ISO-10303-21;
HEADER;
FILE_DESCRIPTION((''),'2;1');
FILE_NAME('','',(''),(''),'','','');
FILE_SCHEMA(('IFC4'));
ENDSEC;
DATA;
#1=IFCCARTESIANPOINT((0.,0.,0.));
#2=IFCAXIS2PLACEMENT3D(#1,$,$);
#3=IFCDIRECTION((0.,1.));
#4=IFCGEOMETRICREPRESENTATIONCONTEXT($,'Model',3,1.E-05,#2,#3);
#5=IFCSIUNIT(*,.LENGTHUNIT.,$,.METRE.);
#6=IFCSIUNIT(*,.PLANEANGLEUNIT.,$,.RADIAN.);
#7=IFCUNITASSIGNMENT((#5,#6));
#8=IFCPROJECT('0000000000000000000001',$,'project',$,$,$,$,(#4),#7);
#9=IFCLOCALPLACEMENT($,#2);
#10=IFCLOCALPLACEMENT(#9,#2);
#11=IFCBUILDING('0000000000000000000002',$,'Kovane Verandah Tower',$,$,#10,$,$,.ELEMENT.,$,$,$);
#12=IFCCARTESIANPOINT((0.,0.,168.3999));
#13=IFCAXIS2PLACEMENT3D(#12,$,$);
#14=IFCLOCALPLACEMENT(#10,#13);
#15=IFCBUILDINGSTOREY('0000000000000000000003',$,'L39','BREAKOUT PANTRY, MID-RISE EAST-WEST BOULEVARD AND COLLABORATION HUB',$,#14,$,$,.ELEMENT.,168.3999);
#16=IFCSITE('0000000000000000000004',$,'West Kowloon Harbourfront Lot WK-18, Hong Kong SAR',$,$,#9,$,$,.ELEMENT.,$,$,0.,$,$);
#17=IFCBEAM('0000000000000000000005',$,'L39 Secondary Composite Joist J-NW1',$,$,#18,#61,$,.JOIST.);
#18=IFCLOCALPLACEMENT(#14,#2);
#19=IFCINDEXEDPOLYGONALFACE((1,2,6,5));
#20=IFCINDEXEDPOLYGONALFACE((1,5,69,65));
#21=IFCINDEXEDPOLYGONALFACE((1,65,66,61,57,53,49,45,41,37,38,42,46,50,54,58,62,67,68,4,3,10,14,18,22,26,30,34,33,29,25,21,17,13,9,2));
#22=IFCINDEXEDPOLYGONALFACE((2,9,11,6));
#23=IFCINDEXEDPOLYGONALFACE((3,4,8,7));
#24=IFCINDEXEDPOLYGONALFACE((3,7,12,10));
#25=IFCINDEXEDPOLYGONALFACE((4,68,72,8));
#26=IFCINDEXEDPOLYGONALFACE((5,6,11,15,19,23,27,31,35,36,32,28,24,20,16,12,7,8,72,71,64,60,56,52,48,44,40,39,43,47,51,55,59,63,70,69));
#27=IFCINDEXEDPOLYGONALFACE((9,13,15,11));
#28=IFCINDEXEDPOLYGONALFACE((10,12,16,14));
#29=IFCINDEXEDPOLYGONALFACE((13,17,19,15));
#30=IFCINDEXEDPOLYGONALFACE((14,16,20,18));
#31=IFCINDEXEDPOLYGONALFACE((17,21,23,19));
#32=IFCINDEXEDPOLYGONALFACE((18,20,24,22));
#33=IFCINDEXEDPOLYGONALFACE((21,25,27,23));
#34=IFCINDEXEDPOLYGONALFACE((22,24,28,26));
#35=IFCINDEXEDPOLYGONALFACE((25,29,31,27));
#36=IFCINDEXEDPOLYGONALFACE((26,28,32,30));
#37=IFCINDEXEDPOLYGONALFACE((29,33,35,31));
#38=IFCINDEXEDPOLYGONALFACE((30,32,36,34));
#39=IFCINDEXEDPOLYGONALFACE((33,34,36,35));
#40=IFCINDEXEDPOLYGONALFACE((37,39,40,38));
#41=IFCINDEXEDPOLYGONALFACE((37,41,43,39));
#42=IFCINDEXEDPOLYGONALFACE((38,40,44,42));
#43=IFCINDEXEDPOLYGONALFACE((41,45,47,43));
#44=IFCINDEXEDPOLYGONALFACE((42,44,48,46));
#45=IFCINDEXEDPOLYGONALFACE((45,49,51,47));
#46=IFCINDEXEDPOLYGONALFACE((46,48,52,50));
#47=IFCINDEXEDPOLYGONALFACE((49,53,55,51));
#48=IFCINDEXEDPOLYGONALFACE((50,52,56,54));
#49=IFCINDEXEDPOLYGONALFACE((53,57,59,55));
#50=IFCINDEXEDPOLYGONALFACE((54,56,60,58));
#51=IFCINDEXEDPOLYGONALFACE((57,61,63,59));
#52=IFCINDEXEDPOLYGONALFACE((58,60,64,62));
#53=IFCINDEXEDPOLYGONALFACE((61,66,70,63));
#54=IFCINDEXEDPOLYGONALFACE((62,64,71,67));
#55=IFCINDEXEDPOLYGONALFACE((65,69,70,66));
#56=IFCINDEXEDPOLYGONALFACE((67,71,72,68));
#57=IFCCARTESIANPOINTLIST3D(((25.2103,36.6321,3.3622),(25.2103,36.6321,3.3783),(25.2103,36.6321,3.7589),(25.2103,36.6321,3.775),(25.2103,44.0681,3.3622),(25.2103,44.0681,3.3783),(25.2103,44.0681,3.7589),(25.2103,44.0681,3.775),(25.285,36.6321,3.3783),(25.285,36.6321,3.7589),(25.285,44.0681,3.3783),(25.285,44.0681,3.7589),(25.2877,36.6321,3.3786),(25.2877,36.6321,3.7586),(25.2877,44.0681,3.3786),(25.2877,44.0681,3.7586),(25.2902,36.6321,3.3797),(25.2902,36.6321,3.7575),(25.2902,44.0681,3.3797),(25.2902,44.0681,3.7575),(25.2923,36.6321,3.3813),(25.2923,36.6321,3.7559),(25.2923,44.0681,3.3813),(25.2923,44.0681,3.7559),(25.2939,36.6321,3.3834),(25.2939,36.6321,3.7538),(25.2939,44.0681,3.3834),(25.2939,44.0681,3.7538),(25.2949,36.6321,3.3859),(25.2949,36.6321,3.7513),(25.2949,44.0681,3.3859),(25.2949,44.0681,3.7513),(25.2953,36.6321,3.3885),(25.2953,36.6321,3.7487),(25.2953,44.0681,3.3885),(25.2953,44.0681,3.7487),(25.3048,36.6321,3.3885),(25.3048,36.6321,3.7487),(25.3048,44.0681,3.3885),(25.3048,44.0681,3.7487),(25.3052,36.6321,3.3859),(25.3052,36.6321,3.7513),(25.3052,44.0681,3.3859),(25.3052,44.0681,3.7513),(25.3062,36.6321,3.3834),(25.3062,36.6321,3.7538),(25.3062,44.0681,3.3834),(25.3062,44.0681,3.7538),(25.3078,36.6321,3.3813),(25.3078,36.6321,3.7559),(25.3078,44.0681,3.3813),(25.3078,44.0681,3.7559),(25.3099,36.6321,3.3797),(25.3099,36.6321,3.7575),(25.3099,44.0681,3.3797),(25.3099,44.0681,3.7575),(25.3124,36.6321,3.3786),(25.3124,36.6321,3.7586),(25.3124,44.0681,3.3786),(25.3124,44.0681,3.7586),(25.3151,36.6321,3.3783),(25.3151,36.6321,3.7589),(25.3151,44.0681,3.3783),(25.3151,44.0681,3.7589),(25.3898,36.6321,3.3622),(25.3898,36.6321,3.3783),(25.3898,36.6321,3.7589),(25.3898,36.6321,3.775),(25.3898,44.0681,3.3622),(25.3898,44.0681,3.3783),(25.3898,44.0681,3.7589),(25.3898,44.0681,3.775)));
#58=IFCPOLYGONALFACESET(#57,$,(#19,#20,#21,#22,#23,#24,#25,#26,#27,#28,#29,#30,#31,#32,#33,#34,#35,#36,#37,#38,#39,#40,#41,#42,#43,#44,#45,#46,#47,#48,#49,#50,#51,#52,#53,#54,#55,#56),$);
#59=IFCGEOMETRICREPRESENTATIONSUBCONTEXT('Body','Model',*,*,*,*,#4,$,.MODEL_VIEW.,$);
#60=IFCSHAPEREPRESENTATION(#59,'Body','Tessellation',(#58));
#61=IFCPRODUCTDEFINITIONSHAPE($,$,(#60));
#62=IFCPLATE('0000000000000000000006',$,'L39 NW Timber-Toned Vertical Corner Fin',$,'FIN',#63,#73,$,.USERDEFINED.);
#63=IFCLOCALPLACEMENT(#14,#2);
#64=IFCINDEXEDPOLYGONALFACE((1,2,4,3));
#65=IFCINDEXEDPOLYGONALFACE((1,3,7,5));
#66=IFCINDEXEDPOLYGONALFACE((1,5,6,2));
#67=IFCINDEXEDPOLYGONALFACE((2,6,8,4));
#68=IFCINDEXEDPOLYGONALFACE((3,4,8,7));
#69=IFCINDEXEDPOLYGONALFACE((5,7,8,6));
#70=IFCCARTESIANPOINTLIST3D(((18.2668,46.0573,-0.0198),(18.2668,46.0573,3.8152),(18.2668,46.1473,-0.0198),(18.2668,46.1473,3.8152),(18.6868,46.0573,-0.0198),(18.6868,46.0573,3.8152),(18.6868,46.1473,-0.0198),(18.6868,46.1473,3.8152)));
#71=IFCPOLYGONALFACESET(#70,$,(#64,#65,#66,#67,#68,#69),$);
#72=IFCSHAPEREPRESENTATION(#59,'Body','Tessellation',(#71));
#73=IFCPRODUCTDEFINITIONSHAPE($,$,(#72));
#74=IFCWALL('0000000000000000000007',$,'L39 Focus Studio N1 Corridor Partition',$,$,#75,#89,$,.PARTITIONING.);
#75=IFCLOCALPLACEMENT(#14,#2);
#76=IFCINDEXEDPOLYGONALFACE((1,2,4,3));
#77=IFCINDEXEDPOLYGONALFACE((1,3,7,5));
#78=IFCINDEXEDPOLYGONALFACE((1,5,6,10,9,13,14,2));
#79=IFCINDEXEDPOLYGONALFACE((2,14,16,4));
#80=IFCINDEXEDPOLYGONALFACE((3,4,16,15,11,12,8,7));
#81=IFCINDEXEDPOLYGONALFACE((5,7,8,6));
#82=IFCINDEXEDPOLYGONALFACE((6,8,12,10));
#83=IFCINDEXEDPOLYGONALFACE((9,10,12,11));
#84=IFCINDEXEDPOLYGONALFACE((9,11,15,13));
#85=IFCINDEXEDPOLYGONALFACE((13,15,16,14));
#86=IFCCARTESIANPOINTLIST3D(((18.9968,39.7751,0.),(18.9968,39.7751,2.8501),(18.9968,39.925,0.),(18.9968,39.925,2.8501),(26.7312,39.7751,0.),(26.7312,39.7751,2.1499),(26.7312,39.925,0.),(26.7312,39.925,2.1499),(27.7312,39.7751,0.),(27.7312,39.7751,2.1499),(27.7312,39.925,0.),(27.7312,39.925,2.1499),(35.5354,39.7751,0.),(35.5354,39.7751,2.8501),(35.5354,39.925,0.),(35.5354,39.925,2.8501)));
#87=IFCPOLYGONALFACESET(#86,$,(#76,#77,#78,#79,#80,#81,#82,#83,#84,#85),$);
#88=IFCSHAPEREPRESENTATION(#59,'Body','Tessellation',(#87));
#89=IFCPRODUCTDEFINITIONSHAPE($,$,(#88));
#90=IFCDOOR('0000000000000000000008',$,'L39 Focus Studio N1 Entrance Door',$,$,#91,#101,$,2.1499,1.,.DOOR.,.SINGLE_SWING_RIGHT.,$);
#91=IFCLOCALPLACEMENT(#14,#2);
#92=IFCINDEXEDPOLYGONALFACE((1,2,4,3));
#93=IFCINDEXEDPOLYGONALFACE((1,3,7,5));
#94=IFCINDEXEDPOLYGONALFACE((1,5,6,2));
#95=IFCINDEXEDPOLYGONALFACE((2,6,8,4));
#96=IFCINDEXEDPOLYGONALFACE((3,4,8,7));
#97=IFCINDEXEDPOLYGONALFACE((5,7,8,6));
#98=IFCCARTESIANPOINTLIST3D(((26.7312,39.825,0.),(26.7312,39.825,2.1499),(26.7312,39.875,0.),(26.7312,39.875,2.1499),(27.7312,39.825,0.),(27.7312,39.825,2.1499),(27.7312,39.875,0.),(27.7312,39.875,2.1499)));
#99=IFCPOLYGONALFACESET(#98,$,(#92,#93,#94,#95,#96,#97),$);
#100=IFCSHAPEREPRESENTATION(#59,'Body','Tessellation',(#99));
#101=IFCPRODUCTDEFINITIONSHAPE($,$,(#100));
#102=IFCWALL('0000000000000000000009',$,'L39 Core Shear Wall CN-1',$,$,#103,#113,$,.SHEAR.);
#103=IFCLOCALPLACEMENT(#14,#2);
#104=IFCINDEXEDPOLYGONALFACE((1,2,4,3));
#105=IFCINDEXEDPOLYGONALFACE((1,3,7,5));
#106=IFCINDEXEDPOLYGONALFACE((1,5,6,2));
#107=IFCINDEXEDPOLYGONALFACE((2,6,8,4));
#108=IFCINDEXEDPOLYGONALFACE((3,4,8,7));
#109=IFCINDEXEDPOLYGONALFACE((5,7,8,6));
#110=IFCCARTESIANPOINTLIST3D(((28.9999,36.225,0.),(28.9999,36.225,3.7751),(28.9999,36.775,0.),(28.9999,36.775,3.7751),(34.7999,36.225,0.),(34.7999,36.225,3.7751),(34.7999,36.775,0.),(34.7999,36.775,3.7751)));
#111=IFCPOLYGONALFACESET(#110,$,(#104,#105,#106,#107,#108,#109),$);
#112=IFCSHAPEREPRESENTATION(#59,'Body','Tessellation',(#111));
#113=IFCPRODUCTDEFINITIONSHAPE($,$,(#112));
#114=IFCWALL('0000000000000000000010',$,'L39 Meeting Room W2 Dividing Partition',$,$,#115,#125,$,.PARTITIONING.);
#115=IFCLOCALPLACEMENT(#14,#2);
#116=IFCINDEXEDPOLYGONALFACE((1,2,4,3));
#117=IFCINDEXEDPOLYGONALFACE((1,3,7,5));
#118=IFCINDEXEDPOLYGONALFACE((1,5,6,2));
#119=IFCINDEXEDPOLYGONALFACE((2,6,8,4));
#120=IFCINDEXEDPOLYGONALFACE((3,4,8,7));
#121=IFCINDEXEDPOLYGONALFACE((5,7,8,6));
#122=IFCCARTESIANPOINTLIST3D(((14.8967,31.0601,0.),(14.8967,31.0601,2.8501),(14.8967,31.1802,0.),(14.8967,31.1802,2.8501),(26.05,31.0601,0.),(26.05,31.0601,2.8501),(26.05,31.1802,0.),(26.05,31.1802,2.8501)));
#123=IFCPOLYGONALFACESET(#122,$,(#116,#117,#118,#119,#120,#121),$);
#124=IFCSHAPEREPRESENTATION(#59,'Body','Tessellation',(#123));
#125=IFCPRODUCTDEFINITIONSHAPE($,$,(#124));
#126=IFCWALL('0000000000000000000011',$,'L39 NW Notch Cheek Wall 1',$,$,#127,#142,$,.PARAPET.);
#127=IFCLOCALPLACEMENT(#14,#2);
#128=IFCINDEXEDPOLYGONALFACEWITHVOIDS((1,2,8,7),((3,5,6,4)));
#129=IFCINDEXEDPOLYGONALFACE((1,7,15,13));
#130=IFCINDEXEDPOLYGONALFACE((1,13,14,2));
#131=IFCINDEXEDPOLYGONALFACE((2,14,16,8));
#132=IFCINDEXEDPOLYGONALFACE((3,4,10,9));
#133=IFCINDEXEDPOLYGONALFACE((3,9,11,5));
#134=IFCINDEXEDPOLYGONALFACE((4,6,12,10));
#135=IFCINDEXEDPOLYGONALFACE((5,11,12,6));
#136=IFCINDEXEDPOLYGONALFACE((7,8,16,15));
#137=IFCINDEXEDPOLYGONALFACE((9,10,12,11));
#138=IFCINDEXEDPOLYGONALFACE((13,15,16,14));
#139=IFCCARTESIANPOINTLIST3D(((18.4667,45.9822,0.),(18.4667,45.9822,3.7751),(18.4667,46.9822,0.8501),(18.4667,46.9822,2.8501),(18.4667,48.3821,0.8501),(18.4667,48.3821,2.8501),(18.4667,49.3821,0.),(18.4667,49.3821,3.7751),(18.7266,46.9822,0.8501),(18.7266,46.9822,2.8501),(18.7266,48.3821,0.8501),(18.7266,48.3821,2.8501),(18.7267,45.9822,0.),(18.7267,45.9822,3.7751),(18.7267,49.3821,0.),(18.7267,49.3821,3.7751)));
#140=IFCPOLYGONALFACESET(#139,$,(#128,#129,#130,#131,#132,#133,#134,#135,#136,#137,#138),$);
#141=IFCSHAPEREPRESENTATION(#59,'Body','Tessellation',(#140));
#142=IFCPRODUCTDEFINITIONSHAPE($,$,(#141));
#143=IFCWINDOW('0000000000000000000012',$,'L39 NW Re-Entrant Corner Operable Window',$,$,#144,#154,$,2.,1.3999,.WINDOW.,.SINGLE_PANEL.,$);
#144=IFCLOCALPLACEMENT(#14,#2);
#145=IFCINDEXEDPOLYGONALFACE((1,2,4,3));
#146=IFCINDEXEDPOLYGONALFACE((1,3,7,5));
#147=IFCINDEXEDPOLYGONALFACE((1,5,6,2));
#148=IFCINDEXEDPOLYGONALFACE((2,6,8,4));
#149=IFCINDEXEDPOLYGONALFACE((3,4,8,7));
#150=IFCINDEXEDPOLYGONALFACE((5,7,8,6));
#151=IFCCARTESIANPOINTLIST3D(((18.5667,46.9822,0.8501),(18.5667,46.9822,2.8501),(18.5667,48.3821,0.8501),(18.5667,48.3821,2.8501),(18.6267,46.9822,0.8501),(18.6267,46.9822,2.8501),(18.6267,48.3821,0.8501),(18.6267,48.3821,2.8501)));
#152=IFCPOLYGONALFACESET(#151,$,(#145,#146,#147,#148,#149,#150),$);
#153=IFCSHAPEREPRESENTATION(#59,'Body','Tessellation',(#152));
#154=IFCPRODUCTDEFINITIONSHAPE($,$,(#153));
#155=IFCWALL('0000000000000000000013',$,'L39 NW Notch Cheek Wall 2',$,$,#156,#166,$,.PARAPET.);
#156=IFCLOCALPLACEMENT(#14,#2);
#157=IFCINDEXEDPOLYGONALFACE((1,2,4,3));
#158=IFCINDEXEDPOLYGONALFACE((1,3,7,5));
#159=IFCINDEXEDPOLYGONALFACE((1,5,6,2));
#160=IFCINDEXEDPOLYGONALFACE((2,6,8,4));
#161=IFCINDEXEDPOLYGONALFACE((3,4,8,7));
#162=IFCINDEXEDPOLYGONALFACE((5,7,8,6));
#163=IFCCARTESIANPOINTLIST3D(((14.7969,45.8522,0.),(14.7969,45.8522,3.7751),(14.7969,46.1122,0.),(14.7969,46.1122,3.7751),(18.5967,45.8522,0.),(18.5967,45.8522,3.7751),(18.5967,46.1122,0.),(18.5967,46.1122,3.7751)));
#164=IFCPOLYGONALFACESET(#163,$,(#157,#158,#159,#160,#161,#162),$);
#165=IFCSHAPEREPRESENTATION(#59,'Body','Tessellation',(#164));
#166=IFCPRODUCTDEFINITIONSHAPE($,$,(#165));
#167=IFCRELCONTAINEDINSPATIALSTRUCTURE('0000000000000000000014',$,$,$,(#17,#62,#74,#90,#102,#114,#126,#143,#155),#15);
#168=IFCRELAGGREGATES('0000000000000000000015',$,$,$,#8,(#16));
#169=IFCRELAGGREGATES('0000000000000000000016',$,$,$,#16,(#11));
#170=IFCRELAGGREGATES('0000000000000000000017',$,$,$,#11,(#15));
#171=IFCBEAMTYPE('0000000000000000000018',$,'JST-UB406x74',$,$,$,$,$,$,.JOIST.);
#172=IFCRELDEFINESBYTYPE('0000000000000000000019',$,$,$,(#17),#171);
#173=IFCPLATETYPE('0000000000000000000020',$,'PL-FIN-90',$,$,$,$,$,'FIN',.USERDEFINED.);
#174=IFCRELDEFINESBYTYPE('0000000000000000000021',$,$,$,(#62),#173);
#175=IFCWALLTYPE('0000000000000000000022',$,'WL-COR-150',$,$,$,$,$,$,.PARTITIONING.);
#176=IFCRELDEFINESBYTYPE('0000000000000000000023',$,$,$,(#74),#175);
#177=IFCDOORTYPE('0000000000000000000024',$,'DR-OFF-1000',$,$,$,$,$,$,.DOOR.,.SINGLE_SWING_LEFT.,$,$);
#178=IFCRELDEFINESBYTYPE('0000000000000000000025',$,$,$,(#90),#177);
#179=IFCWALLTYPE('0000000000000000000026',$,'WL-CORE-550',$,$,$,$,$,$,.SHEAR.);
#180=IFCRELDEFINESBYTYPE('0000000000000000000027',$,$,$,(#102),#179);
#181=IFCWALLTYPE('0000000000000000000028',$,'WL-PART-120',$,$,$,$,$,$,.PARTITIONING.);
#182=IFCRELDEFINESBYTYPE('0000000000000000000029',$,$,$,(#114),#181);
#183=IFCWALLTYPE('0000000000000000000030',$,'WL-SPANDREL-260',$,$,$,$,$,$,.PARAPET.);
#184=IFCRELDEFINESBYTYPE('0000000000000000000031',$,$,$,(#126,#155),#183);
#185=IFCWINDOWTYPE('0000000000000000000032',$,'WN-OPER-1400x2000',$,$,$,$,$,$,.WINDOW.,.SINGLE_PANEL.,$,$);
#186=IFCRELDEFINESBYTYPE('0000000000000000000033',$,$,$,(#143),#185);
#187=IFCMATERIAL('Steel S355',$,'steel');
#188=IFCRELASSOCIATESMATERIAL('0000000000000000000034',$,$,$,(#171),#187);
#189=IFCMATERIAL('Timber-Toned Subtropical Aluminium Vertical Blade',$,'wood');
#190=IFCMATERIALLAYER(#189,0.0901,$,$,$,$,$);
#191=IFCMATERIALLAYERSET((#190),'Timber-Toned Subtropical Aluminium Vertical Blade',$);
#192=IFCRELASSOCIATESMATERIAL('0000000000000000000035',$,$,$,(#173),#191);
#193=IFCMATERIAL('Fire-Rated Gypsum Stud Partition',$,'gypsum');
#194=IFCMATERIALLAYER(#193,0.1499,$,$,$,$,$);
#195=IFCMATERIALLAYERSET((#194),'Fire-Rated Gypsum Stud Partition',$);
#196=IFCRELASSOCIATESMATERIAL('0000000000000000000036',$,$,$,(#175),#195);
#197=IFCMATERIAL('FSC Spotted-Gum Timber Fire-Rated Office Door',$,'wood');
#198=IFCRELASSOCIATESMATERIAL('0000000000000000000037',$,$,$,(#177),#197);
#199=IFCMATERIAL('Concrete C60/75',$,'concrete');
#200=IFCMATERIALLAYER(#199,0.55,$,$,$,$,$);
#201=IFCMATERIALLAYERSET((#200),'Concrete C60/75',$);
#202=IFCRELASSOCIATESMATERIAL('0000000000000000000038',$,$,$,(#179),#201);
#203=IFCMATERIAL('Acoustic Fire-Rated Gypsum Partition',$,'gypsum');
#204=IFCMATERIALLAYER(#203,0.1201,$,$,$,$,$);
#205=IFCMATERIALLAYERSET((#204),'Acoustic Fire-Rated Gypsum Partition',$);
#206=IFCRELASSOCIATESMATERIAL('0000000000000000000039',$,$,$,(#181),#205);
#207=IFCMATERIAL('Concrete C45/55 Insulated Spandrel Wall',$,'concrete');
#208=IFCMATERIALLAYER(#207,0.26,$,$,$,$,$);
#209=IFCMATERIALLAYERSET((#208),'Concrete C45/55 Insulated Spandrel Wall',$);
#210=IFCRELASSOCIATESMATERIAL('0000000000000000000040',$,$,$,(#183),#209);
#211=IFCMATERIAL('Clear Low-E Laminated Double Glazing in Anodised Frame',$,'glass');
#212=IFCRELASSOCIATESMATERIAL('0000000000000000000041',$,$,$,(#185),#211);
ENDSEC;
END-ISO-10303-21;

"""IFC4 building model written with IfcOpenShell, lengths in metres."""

from ifc_helpers import new_model, si_unit, direction, frame, frame_2d, origin, origin_2d, place, context, subcontext, project, spatial, rectangle, i_section, extrude, material, layer, layer_set, material_profile, profile_set, type_object, element, fill, save


model = new_model("IFC4")

# Units and contexts
model_context = context("Model", 3, precision=1e-05, world=origin(), true_north=direction((0.0, 1.0)))
body_context = subcontext(model_context, "Body", "Model", "MODEL_VIEW")
ifc_project = project(units=[si_unit("LENGTHUNIT", "METRE"), si_unit("PLANEANGLEUNIT", "RADIAN")], contexts=[model_context])

# Site, building, storey
site_placement = place(None, origin())
site = spatial("IfcSite", under=ifc_project, at=site_placement, Name="West Kowloon Harbourfront Lot WK-18, Hong Kong SAR", CompositionType="ELEMENT", RefElevation=0.0)
building_placement = place(site_placement, origin())
building = spatial("IfcBuilding", under=site, at=building_placement, Name="Kovane Verandah Tower", CompositionType="ELEMENT")
storey_placement = place(building_placement, frame((0.0, 0.0, 168.3999)))
storey = spatial("IfcBuildingStorey", under=building, at=storey_placement, Name="L39", Description="BREAKOUT PANTRY, MID-RISE EAST-WEST BOULEVARD AND COLLABORATION HUB", CompositionType="ELEMENT", Elevation=168.3999)

# Beam
ifc_material_1 = material(Name="Steel S355", Category="steel")
ifc_material_profile_1 = material_profile(ifc_material_1, i_section(OverallWidth=0.1794, OverallDepth=0.4128, WebThickness=0.0095, FlangeThickness=0.0161, FilletRadius=0.0103, at=origin_2d()), Name="UB406x178x74")
ifc_profile_set_1 = profile_set([ifc_material_profile_1], Name="Steel S355")
beam_type_1 = type_object("IfcBeamType", Name="JST-UB406x74", PredefinedType="JOIST", material=ifc_profile_set_1)
beam_1_placement = place(storey_placement, frame((25.3, 36.6321, 3.5686), z_axis=(0.0, 1.0, 0.0), x_axis=(-1.0, 0.0, 0.0)))
element("IfcBeam", 1, at=beam_1_placement, inside=storey, type_object=beam_type_1, Name="L39 Secondary Composite Joist J-NW1", PredefinedType="JOIST", context=body_context, shape_type="SweptSolid", body=[
    extrude(i_section(OverallWidth=0.1794, OverallDepth=0.4128, WebThickness=0.0095, FlangeThickness=0.0161, FilletRadius=0.0103, at=origin_2d()), origin(), (0.0, 0.0, 1.0), 7.436),
])

# Plate
ifc_material_2 = material(Name="Timber-Toned Subtropical Aluminium Vertical Blade", Category="wood")
ifc_layer_1 = layer(ifc_material_2, 0.0901)
ifc_layer_set_1 = layer_set([ifc_layer_1], Name="Timber-Toned Subtropical Aluminium Vertical Blade")
plate_type = type_object("IfcPlateType", Name="PL-FIN-90", ElementType="FIN", PredefinedType="USERDEFINED", material=ifc_layer_set_1)
plate_placement = place(storey_placement, frame((18.4768, 46.1023, -0.0198), z_axis=(0.0, 0.0, 1.0), x_axis=(1.0, 0.0, 0.0)))
element("IfcPlate", 2, at=plate_placement, inside=storey, type_object=plate_type, Name="L39 NW Timber-Toned Vertical Corner Fin", ObjectType="FIN", PredefinedType="USERDEFINED", context=body_context, shape_type="SweptSolid", body=[
    extrude(rectangle(XDim=0.4199, YDim=0.0901, at=origin_2d()), origin(), (0.0, 0.0, 1.0), 3.835),
])

# Wall, opening, door
ifc_material_3 = material(Name="Fire-Rated Gypsum Stud Partition", Category="gypsum")
ifc_layer_2 = layer(ifc_material_3, 0.1499)
ifc_layer_set_2 = layer_set([ifc_layer_2], Name="Fire-Rated Gypsum Stud Partition")
wall_type_1 = type_object("IfcWallType", Name="WL-COR-150", PredefinedType="PARTITIONING", material=ifc_layer_set_2)
wall_1_placement = place(storey_placement, frame((18.9968, 39.8501, 0.0), z_axis=(0.0, 0.0, 1.0), x_axis=(1.0, 0.0, 0.0)))
wall_1 = element("IfcWall", 3, at=wall_1_placement, inside=storey, type_object=wall_type_1, Name="L39 Focus Studio N1 Corridor Partition", PredefinedType="PARTITIONING", context=body_context, shape_type="SweptSolid", body=[
    extrude(rectangle(XDim=16.5386, YDim=0.1499, at=frame_2d((8.2693, 0.0))), origin(), (0.0, 0.0, 1.0), 2.8501),
])
opening_1_placement = place(wall_1_placement, frame((7.7344, 0.0, 0.0)))
opening_1 = element("IfcOpeningElement", 4, at=opening_1_placement, cuts=wall_1, PredefinedType="OPENING", context=body_context, shape_type="SweptSolid", body=[
    extrude(rectangle(XDim=1.0, YDim=2.1499, at=frame_2d((0.5, 1.075))), frame((0.0, 0.075, 0.0), z_axis=(0.0, -1.0, 0.0), x_axis=(1.0, 0.0, 0.0)), (0.0, 0.0, 1.0), 0.1499),
])
ifc_material_4 = material(Name="FSC Spotted-Gum Timber Fire-Rated Office Door", Category="wood")
door_type_1 = type_object("IfcDoorType", Name="DR-OFF-1000", OperationType="SINGLE_SWING_LEFT", PredefinedType="DOOR", material=ifc_material_4)
door_1_placement = place(opening_1_placement, origin())
door_1 = element("IfcDoor", 5, at=door_1_placement, inside=storey, type_object=door_type_1, Name="L39 Focus Studio N1 Entrance Door", OperationType="SINGLE_SWING_RIGHT", OverallHeight=2.1499, OverallWidth=1.0, PredefinedType="DOOR", context=body_context, shape_type="SweptSolid", body=[
    extrude(rectangle(XDim=1.0, YDim=2.1499, at=frame_2d((0.5, 1.075))), frame((0.0, 0.0249, 0.0), z_axis=(0.0, -1.0, 0.0), x_axis=(1.0, 0.0, 0.0)), (0.0, 0.0, 1.0), 0.05),
])
fill(opening_1, door_1)

# Walls
ifc_material_5 = material(Name="Concrete C60/75", Category="concrete")
ifc_layer_3 = layer(ifc_material_5, 0.55)
ifc_layer_set_3 = layer_set([ifc_layer_3], Name="Concrete C60/75")
wall_type_2 = type_object("IfcWallType", Name="WL-CORE-550", PredefinedType="SHEAR", material=ifc_layer_set_3)
wall_2_placement = place(storey_placement, frame((29.0, 36.5, 0.0), z_axis=(0.0, 0.0, 1.0), x_axis=(1.0, 0.0, 0.0)))
element("IfcWall", 6, at=wall_2_placement, inside=storey, type_object=wall_type_2, Name="L39 Core Shear Wall CN-1", PredefinedType="SHEAR", context=body_context, shape_type="SweptSolid", body=[
    extrude(rectangle(XDim=5.8, YDim=0.55, at=frame_2d((2.8999, 0.0))), origin(), (0.0, 0.0, 1.0), 3.7751),
])
ifc_material_6 = material(Name="Acoustic Fire-Rated Gypsum Partition", Category="gypsum")
ifc_layer_4 = layer(ifc_material_6, 0.1201)
ifc_layer_set_4 = layer_set([ifc_layer_4], Name="Acoustic Fire-Rated Gypsum Partition")
wall_type_3 = type_object("IfcWallType", Name="WL-PART-120", PredefinedType="PARTITIONING", material=ifc_layer_set_4)
wall_3_placement = place(storey_placement, frame((14.8967, 31.1201, 0.0), z_axis=(0.0, 0.0, 1.0), x_axis=(1.0, 0.0, 0.0)))
element("IfcWall", 7, at=wall_3_placement, inside=storey, type_object=wall_type_3, Name="L39 Meeting Room W2 Dividing Partition", PredefinedType="PARTITIONING", context=body_context, shape_type="SweptSolid", body=[
    extrude(rectangle(XDim=11.1533, YDim=0.1201, at=frame_2d((5.5767, 0.0))), origin(), (0.0, 0.0, 1.0), 2.8501),
])

# Shared definitions
ifc_material_7 = material(Name="Concrete C45/55 Insulated Spandrel Wall", Category="concrete")
ifc_layer_5 = layer(ifc_material_7, 0.26)
ifc_layer_set_5 = layer_set([ifc_layer_5], Name="Concrete C45/55 Insulated Spandrel Wall")
wall_type_4 = type_object("IfcWallType", Name="WL-SPANDREL-260", PredefinedType="PARAPET", material=ifc_layer_set_5)
ifc_material_8 = material(Name="Clear Low-E Laminated Double Glazing in Anodised Frame", Category="glass")

# Wall, opening, window
wall_4_placement = place(storey_placement, frame((18.5967, 49.3821, 0.0), z_axis=(0.0, 0.0, 1.0), x_axis=(0.0, -1.0, 0.0)))
wall_4 = element("IfcWall", 8, at=wall_4_placement, inside=storey, type_object=wall_type_4, Name="L39 NW Notch Cheek Wall 1", PredefinedType="PARAPET", context=body_context, shape_type="SweptSolid", body=[
    extrude(rectangle(XDim=3.3999, YDim=0.26, at=frame_2d((1.7, 0.0))), origin(), (0.0, 0.0, 1.0), 3.7751),
])
opening_2_placement = place(wall_4_placement, frame((1.0, 0.0, 0.8501)))
opening_2 = element("IfcOpeningElement", 9, at=opening_2_placement, cuts=wall_4, PredefinedType="OPENING", context=body_context, shape_type="SweptSolid", body=[
    extrude(rectangle(XDim=1.3999, YDim=2.0, at=frame_2d((0.7, 1.0))), frame((0.0, 0.1299, 0.0), z_axis=(0.0, -1.0, 0.0), x_axis=(1.0, 0.0, 0.0)), (0.0, 0.0, 1.0), 0.26),
])
window_type_1 = type_object("IfcWindowType", Name="WN-OPER-1400x2000", PartitioningType="SINGLE_PANEL", PredefinedType="WINDOW", material=ifc_material_8)
window_1_placement = place(opening_2_placement, origin())
window_1 = element("IfcWindow", 10, at=window_1_placement, inside=storey, type_object=window_type_1, Name="L39 NW Re-Entrant Corner Operable Window", OverallHeight=2.0, OverallWidth=1.3999, PartitioningType="SINGLE_PANEL", PredefinedType="WINDOW", context=body_context, shape_type="SweptSolid", body=[
    extrude(rectangle(XDim=1.3999, YDim=2.0, at=frame_2d((0.7, 1.0))), frame((0.0, 0.03, 0.0), z_axis=(0.0, -1.0, 0.0), x_axis=(1.0, 0.0, 0.0)), (0.0, 0.0, 1.0), 0.0601),
])
fill(opening_2, window_1)

# Wall
wall_5_placement = place(storey_placement, frame((18.5967, 45.9822, 0.0), z_axis=(0.0, 0.0, 1.0), x_axis=(-1.0, 0.0, 0.0)))
element("IfcWall", 11, at=wall_5_placement, inside=storey, type_object=wall_type_4, Name="L39 NW Notch Cheek Wall 2", PredefinedType="PARAPET", context=body_context, shape_type="SweptSolid", body=[
    extrude(rectangle(XDim=3.7998, YDim=0.26, at=frame_2d((1.8999, 0.0))), origin(), (0.0, 0.0, 1.0), 3.7751),
])

save(model, "model.ifc")
